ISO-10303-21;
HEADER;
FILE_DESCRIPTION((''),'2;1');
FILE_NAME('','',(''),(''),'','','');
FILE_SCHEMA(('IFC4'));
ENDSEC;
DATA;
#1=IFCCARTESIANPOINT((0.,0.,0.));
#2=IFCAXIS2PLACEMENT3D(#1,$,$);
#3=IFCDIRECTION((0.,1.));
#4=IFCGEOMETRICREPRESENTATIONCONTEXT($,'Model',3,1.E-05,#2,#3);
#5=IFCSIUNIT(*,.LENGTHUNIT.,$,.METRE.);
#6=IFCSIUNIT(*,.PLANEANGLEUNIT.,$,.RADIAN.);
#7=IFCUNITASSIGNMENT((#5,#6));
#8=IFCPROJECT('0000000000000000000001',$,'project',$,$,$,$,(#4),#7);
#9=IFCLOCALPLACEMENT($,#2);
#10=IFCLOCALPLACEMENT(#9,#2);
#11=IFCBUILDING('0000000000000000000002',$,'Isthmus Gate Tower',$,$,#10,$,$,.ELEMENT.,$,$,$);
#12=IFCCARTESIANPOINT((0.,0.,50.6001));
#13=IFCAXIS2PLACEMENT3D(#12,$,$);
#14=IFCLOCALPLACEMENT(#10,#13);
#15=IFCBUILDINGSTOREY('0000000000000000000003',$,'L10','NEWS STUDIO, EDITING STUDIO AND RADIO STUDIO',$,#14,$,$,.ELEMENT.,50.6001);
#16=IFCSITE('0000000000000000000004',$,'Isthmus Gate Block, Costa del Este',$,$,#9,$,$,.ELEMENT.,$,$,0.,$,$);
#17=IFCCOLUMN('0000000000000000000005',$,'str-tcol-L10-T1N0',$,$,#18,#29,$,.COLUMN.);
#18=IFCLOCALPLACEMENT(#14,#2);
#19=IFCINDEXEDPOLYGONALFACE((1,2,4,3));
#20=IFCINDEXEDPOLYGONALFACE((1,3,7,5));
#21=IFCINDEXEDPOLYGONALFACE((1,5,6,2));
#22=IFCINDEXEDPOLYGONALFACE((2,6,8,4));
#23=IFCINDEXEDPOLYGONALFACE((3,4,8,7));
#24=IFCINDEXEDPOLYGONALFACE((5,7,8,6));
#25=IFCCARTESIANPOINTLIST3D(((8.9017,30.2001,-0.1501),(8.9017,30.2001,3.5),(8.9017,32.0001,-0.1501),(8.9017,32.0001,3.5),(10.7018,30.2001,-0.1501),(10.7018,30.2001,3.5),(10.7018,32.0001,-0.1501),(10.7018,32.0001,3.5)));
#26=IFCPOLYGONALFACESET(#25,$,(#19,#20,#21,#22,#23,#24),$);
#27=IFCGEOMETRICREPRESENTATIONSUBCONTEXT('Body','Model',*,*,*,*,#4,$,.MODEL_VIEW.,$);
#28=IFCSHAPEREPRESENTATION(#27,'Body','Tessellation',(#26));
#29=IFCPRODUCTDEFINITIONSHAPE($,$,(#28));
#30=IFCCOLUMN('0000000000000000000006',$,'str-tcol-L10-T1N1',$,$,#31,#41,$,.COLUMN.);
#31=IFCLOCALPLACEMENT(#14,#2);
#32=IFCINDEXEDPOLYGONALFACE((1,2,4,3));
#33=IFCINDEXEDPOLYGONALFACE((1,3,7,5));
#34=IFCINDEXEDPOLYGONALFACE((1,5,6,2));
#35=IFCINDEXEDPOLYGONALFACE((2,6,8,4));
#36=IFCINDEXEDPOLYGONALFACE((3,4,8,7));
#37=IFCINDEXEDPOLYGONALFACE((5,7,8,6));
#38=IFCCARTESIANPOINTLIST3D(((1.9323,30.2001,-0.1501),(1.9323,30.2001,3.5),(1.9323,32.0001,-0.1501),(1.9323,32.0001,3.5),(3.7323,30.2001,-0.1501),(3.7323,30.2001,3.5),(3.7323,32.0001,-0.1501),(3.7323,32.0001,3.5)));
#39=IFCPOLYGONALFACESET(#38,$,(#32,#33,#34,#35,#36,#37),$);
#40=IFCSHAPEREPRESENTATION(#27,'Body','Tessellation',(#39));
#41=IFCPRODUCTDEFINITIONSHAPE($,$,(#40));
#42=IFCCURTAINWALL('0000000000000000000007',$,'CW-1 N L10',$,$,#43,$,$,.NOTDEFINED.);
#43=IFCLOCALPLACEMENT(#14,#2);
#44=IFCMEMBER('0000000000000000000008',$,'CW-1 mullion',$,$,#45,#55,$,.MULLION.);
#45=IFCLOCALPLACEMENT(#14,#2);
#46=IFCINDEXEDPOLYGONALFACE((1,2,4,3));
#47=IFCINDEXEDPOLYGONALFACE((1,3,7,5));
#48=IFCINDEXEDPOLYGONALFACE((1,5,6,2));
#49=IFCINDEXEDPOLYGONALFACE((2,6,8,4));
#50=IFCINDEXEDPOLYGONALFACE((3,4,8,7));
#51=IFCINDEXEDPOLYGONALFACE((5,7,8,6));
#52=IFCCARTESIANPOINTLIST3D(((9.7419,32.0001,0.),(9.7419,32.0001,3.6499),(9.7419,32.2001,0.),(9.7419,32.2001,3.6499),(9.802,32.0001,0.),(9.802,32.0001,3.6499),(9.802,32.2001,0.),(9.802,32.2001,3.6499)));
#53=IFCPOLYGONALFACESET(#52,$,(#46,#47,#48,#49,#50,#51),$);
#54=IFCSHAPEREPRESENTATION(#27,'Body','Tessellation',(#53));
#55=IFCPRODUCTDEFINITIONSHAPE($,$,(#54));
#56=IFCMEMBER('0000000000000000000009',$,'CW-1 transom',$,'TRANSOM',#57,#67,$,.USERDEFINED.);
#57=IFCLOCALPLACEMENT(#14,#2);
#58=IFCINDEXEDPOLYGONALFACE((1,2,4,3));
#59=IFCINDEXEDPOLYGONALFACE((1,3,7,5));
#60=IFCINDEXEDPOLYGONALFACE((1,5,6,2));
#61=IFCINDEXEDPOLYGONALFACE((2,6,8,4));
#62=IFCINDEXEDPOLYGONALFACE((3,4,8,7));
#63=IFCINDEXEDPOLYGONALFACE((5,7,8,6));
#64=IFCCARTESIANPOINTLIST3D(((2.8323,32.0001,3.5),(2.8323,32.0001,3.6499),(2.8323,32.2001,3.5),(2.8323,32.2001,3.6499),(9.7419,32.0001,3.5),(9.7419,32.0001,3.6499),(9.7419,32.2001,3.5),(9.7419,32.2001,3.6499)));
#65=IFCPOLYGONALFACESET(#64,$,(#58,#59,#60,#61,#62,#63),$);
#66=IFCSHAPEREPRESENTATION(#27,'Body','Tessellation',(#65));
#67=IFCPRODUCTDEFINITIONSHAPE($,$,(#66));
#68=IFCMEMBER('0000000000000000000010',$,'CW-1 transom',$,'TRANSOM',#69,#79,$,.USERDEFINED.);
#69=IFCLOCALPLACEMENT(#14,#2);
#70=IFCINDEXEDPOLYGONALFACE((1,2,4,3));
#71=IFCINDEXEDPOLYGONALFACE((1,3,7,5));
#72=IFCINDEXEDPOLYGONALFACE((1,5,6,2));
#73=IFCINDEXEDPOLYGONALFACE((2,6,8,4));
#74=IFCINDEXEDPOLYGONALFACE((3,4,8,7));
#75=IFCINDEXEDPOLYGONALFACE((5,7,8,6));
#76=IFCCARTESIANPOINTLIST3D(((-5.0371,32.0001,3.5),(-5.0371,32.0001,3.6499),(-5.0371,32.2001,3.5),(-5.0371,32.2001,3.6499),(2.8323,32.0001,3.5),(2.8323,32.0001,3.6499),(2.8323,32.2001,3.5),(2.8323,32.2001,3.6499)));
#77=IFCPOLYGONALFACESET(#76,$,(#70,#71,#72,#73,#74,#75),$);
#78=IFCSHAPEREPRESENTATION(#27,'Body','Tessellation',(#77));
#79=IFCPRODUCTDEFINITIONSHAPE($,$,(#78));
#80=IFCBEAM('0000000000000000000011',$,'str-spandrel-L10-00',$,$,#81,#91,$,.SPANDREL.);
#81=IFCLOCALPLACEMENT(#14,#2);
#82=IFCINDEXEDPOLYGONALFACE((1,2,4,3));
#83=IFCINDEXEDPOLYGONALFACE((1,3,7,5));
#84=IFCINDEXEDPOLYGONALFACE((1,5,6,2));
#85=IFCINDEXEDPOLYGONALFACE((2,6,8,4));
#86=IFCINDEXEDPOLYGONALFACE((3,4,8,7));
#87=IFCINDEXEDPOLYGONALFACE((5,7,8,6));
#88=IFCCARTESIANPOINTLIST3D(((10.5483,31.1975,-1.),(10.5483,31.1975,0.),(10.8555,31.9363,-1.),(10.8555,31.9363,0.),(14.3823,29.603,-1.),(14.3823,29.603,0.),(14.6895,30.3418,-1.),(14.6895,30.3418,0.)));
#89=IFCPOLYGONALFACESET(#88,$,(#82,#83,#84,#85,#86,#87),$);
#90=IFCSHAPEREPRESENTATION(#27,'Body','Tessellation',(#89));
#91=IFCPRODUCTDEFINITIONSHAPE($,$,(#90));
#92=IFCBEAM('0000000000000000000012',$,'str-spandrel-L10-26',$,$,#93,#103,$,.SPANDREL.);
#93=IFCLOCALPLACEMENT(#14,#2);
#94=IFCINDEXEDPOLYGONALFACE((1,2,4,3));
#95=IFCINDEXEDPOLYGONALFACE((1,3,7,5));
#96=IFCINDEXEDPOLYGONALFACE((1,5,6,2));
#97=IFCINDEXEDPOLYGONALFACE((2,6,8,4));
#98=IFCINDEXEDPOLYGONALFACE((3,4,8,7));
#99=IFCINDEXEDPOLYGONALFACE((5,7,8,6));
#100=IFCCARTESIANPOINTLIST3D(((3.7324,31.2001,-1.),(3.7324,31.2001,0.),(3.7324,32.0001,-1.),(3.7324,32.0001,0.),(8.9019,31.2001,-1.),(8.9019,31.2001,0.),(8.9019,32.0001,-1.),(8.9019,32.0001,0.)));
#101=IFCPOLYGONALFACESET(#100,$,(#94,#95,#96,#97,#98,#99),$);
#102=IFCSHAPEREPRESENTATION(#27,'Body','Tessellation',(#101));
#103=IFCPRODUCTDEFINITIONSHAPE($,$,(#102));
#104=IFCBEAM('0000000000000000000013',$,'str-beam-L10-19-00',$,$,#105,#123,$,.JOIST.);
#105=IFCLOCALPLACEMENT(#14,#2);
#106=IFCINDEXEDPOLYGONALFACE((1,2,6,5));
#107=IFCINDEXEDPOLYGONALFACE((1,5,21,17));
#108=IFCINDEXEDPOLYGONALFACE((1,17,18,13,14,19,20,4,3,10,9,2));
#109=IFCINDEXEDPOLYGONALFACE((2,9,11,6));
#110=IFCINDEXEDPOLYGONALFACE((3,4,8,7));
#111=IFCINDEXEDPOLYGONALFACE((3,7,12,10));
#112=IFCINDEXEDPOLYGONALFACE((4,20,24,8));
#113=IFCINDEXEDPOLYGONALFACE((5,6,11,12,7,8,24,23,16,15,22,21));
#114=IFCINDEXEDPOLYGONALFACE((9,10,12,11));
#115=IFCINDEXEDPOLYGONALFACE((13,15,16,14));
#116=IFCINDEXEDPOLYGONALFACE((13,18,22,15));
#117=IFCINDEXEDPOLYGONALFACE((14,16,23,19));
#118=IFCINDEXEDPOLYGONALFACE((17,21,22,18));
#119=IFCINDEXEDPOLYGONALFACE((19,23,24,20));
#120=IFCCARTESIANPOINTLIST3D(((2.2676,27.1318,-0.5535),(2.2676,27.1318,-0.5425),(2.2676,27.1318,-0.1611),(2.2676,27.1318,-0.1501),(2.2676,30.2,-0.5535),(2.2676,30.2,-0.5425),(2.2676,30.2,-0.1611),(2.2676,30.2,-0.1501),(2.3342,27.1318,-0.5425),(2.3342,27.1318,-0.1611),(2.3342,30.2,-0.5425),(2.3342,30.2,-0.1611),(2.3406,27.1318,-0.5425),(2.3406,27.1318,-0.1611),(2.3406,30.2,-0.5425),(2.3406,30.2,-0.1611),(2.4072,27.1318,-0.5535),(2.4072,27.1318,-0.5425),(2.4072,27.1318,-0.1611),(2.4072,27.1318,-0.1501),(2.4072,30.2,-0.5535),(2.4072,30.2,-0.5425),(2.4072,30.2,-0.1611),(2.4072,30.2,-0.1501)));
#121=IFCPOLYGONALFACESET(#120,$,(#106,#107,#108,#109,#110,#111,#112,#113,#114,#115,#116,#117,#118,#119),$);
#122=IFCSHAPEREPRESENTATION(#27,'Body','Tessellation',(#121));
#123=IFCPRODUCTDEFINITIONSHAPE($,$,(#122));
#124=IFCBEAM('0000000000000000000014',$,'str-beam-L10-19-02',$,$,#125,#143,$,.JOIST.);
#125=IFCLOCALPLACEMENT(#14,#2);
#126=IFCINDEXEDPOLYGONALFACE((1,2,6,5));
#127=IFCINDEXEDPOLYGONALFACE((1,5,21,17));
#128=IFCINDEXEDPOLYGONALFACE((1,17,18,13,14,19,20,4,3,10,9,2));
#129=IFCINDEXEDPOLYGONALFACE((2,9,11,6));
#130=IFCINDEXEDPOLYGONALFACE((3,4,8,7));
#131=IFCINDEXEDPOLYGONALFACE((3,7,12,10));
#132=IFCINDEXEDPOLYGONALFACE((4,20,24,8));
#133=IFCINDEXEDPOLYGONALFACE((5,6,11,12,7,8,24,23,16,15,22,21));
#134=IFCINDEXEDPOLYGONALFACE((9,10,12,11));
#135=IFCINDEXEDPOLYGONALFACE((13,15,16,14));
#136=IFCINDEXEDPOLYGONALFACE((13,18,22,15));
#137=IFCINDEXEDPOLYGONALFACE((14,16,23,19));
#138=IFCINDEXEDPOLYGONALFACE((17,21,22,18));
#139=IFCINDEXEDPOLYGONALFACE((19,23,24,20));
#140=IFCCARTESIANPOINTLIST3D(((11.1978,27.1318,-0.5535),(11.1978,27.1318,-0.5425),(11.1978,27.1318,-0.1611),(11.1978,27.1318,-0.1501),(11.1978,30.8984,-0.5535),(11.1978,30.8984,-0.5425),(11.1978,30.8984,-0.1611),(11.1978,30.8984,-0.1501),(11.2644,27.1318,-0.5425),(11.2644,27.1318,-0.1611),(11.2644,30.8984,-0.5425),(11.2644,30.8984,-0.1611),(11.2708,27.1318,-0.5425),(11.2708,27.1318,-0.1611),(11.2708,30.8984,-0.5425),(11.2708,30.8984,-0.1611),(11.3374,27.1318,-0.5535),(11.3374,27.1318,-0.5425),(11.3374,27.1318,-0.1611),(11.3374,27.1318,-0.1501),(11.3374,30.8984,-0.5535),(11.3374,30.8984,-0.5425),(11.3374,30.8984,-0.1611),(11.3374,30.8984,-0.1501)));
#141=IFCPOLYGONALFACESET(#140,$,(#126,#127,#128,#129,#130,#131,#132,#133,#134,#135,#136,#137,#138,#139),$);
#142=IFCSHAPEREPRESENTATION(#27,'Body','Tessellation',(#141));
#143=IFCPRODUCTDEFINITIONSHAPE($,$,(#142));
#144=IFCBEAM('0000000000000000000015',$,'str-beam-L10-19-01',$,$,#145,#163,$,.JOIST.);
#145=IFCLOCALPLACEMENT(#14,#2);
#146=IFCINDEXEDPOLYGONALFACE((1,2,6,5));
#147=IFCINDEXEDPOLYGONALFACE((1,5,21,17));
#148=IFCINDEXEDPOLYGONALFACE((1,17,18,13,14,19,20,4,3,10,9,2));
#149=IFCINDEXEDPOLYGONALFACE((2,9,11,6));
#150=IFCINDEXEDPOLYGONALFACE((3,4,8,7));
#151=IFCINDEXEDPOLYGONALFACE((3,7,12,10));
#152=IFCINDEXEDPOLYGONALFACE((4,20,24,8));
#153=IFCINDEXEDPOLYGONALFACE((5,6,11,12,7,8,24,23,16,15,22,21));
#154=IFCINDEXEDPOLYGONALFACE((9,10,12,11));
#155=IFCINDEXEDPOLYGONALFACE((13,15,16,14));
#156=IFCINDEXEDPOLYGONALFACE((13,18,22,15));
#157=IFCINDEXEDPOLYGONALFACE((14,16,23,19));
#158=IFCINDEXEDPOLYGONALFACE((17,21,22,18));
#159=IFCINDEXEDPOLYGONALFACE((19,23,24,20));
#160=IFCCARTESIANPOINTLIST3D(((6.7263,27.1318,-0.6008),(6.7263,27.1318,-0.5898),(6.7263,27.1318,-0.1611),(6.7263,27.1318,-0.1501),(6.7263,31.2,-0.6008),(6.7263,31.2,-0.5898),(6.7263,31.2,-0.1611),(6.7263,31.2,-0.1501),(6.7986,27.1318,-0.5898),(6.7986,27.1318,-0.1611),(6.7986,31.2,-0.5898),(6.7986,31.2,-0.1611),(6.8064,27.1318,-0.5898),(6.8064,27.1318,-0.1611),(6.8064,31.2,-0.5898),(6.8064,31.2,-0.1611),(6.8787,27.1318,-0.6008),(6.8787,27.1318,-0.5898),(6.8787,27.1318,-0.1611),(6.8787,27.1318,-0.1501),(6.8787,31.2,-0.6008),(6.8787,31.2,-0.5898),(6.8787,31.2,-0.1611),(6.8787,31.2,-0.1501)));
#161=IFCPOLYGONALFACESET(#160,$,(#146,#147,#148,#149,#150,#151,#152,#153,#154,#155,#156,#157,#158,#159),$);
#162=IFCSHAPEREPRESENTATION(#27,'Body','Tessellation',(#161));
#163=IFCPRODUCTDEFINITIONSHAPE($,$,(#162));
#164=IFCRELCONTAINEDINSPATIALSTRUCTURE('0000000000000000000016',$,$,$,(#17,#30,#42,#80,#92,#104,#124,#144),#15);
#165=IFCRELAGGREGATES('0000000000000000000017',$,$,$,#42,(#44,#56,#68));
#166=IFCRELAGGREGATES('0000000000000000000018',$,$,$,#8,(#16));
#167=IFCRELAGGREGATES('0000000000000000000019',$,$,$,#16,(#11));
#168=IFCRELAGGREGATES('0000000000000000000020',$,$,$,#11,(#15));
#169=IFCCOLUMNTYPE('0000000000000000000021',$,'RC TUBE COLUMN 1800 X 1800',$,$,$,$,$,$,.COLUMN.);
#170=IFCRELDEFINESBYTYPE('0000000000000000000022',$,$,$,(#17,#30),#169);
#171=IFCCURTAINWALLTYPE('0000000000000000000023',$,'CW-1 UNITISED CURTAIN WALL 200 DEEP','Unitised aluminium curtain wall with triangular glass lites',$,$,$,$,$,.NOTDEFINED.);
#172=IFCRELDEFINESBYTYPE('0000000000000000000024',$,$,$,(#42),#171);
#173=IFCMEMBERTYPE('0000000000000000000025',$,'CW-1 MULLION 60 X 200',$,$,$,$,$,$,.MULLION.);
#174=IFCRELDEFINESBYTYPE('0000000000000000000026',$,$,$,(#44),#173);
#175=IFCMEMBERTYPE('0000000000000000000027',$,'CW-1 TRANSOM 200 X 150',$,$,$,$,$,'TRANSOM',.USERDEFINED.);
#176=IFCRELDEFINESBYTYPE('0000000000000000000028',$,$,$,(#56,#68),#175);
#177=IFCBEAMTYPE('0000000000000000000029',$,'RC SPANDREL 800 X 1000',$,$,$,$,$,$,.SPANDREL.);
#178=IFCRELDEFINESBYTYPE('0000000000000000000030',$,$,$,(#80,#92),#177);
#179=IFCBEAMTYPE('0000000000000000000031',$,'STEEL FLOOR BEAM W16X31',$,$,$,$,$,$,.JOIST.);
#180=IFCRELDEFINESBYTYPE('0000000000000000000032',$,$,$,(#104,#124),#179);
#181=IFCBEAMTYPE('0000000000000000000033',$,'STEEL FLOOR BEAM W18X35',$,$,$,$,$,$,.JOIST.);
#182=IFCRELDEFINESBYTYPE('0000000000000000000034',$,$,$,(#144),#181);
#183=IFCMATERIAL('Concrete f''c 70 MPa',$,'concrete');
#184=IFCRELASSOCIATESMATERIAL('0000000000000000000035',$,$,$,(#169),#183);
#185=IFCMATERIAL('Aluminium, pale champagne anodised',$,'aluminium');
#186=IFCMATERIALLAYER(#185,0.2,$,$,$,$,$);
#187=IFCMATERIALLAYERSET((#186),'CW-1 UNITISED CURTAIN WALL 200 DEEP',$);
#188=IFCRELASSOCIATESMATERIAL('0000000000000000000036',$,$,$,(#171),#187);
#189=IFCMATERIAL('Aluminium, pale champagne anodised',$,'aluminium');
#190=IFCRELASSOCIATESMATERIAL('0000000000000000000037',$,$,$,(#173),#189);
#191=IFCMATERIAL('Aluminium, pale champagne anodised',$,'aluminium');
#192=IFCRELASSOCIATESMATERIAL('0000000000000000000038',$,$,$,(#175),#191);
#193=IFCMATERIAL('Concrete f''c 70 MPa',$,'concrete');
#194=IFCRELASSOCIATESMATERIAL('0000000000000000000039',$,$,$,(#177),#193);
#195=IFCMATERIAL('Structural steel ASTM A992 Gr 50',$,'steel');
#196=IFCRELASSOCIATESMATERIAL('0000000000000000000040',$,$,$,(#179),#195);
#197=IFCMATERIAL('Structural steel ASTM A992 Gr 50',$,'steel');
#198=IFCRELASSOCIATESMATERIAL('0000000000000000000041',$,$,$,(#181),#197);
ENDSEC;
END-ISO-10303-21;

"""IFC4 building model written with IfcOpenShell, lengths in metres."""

from ifc_helpers import new_model, si_unit, direction, frame, origin, origin_2d, place, context, subcontext, project, spatial, rectangle, i_section, extrude, material, layer, layer_set, material_profile, profile_set, type_object, element, aggregate, save


model = new_model("IFC4")

# Units and contexts
model_context = context("Model", 3, precision=1e-05, world=origin(), true_north=direction((0.0, 1.0)))
body_context = subcontext(model_context, "Body", "Model", "MODEL_VIEW")
ifc_project = project(units=[si_unit("LENGTHUNIT", "METRE"), si_unit("PLANEANGLEUNIT", "RADIAN")], contexts=[model_context])

# Site, building, storey
site_placement = place(None, origin())
site = spatial("IfcSite", under=ifc_project, at=site_placement, Name="Isthmus Gate Block, Costa del Este", CompositionType="ELEMENT", RefElevation=0.0)
building_placement = place(site_placement, origin())
building = spatial("IfcBuilding", under=site, at=building_placement, Name="Isthmus Gate Tower", CompositionType="ELEMENT")
storey_placement = place(building_placement, frame((0.0, 0.0, 50.6001)))
storey = spatial("IfcBuildingStorey", under=building, at=storey_placement, Name="L10", Description="NEWS STUDIO, EDITING STUDIO AND RADIO STUDIO", CompositionType="ELEMENT", Elevation=50.6001)

# Columns
ifc_material_1 = material(Name="Concrete f'c 70 MPa", Category="concrete")
ifc_material_profile_1 = material_profile(ifc_material_1, rectangle(XDim=1.8, YDim=1.8, at=origin_2d()), Name="RC 1800X1800")
ifc_profile_set_1 = profile_set([ifc_material_profile_1], Name="Concrete f'c 70 MPa")
column_type = type_object("IfcColumnType", Name="RC TUBE COLUMN 1800 X 1800", PredefinedType="COLUMN", material=ifc_profile_set_1)
for number, where, z_axis, x_axis, name in (
    (1, (9.8018, 31.1001, -0.1501), (0.0, 0.0, 1.0), (-1.0, 0.0, 0.0), "str-tcol-L10-T1N0"),
    (2, (2.8323, 31.1001, -0.1501), (0.0, 0.0, 1.0), (-1.0, 0.0, 0.0), "str-tcol-L10-T1N1"),
):
    element("IfcColumn", number, at=place(storey_placement, frame(where, z_axis=z_axis, x_axis=x_axis)), inside=storey, type_object=column_type, Name=name, PredefinedType="COLUMN", context=body_context, shape_type="SweptSolid", body=[
        extrude(rectangle(XDim=1.8, YDim=1.8, at=origin_2d()), origin(), (0.0, 0.0, 1.0), 3.6501),
    ])

# Curtain wall, members
ifc_material_2 = material(Name="Aluminium, pale champagne anodised", Category="aluminium")
ifc_layer_1 = layer(ifc_material_2, 0.2)
ifc_layer_set_1 = layer_set([ifc_layer_1], Name="CW-1 UNITISED CURTAIN WALL 200 DEEP")
curtain_wall_type = type_object("IfcCurtainWallType", Name="CW-1 UNITISED CURTAIN WALL 200 DEEP", Description="Unitised aluminium curtain wall with triangular glass lites", PredefinedType="NOTDEFINED", material=ifc_layer_set_1)
curtain_wall_1_placement = place(storey_placement, origin())
curtain_wall_1 = element("IfcCurtainWall", 3, at=curtain_wall_1_placement, inside=storey, type_object=curtain_wall_type, Name="CW-1 N L10", PredefinedType="NOTDEFINED")
ifc_material_3 = material(Name="Aluminium, pale champagne anodised", Category="aluminium")
ifc_material_profile_2 = material_profile(ifc_material_3, rectangle(XDim=0.0601, YDim=0.2, at=origin_2d()), Name="60x200")
ifc_profile_set_2 = profile_set([ifc_material_profile_2], Name="Aluminium, pale champagne anodised")
member_type_1 = type_object("IfcMemberType", Name="CW-1 MULLION 60 X 200", PredefinedType="MULLION", material=ifc_profile_set_2)
member_1_placement = place(storey_placement, frame((9.772, 32.1001, 0.0), z_axis=(0.0, 0.0, 1.0), x_axis=(-1.0, 0.0, 0.0)))
member_1 = element("IfcMember", 4, at=member_1_placement, type_object=member_type_1, Name="CW-1 mullion", PredefinedType="MULLION", context=body_context, shape_type="SweptSolid", body=[
    extrude(rectangle(XDim=0.0601, YDim=0.2, at=origin_2d()), origin(), (0.0, 0.0, 1.0), 3.6499),
])
ifc_material_4 = material(Name="Aluminium, pale champagne anodised", Category="aluminium")
ifc_material_profile_3 = material_profile(ifc_material_4, rectangle(XDim=0.2, YDim=0.1499, at=origin_2d()), Name="200x150")
ifc_profile_set_3 = profile_set([ifc_material_profile_3], Name="Aluminium, pale champagne anodised")
member_type_2 = type_object("IfcMemberType", Name="CW-1 TRANSOM 200 X 150", ElementType="TRANSOM", PredefinedType="USERDEFINED", material=ifc_profile_set_3)
member_2_placement = place(storey_placement, frame((9.7419, 32.1001, 3.575), z_axis=(-1.0, 0.0, 0.0), x_axis=(0.0, -1.0, 0.0)))
member_2 = element("IfcMember", 5, at=member_2_placement, type_object=member_type_2, Name="CW-1 transom", ObjectType="TRANSOM", PredefinedType="USERDEFINED", context=body_context, shape_type="SweptSolid", body=[
    extrude(rectangle(XDim=0.2, YDim=0.1499, at=origin_2d()), origin(), (0.0, 0.0, 1.0), 6.9097),
])
member_3_placement = place(storey_placement, frame((2.8323, 32.1001, 3.575), z_axis=(-1.0, 0.0, 0.0), x_axis=(0.0, -1.0, 0.0)))
member_3 = element("IfcMember", 6, at=member_3_placement, type_object=member_type_2, Name="CW-1 transom", ObjectType="TRANSOM", PredefinedType="USERDEFINED", context=body_context, shape_type="SweptSolid", body=[
    extrude(rectangle(XDim=0.2, YDim=0.1499, at=origin_2d()), origin(), (0.0, 0.0, 1.0), 7.8694),
])

# Beams
ifc_material_5 = material(Name="Concrete f'c 70 MPa", Category="concrete")
ifc_material_profile_4 = material_profile(ifc_material_5, rectangle(XDim=0.8, YDim=1.0, at=origin_2d()), Name="RC 800X1000")
ifc_profile_set_4 = profile_set([ifc_material_profile_4], Name="Concrete f'c 70 MPa")
beam_type_1 = type_object("IfcBeamType", Name="RC SPANDREL 800 X 1000", PredefinedType="SPANDREL", material=ifc_profile_set_4)
beam_1_placement = place(storey_placement, frame((10.7019, 31.5669, -0.5), z_axis=(0.923334, -0.383997, 0.0), x_axis=(0.383997, 0.923334, 0.0)))
element("IfcBeam", 7, at=beam_1_placement, inside=storey, type_object=beam_type_1, Name="str-spandrel-L10-00", PredefinedType="SPANDREL", context=body_context, shape_type="SweptSolid", body=[
    extrude(rectangle(XDim=0.8, YDim=1.0, at=origin_2d()), origin(), (0.0, 0.0, 1.0), 4.1523),
])
beam_2_placement = place(storey_placement, frame((3.7324, 31.6001, -0.5), z_axis=(1.0, 0.0, 0.0), x_axis=(0.0, 1.0, 0.0)))
element("IfcBeam", 8, at=beam_2_placement, inside=storey, type_object=beam_type_1, Name="str-spandrel-L10-26", PredefinedType="SPANDREL", context=body_context, shape_type="SweptSolid", body=[
    extrude(rectangle(XDim=0.8, YDim=1.0, at=origin_2d()), origin(), (0.0, 0.0, 1.0), 5.1694),
])
ifc_material_6 = material(Name="Structural steel ASTM A992 Gr 50", Category="steel")
ifc_material_profile_5 = material_profile(ifc_material_6, i_section(OverallWidth=0.1396, OverallDepth=0.4033, WebThickness=0.0063, FlangeThickness=0.011, at=origin_2d()), Name="W16X31")
ifc_profile_set_5 = profile_set([ifc_material_profile_5], Name="Structural steel ASTM A992 Gr 50")
beam_type_2 = type_object("IfcBeamType", Name="STEEL FLOOR BEAM W16X31", PredefinedType="JOIST", material=ifc_profile_set_5)
beam_3_placement = place(storey_placement, frame((2.3374, 27.1318, -0.3518), z_axis=(0.0, 1.0, 0.0), x_axis=(-1.0, 0.0, 0.0)))
element("IfcBeam", 9, at=beam_3_placement, inside=storey, type_object=beam_type_2, Name="str-beam-L10-19-00", PredefinedType="JOIST", context=body_context, shape_type="SweptSolid", body=[
    extrude(i_section(OverallWidth=0.1396, OverallDepth=0.4033, WebThickness=0.0063, FlangeThickness=0.011, at=origin_2d()), origin(), (0.0, 0.0, 1.0), 3.0681),
])
beam_4_placement = place(storey_placement, frame((11.2676, 27.1318, -0.3518), z_axis=(0.0, 1.0, 0.0), x_axis=(-1.0, 0.0, 0.0)))
element("IfcBeam", 10, at=beam_4_placement, inside=storey, type_object=beam_type_2, Name="str-beam-L10-19-02", PredefinedType="JOIST", context=body_context, shape_type="SweptSolid", body=[
    extrude(i_section(OverallWidth=0.1396, OverallDepth=0.4033, WebThickness=0.0063, FlangeThickness=0.011, at=origin_2d()), origin(), (0.0, 0.0, 1.0), 3.7666),
])
ifc_material_7 = material(Name="Structural steel ASTM A992 Gr 50", Category="steel")
ifc_material_profile_6 = material_profile(ifc_material_7, i_section(OverallWidth=0.1523, OverallDepth=0.4507, WebThickness=0.0078, FlangeThickness=0.011, at=origin_2d()), Name="W18X35")
ifc_profile_set_6 = profile_set([ifc_material_profile_6], Name="Structural steel ASTM A992 Gr 50")
beam_type_3 = type_object("IfcBeamType", Name="STEEL FLOOR BEAM W18X35", PredefinedType="JOIST", material=ifc_profile_set_6)
beam_5_placement = place(storey_placement, frame((6.8025, 27.1318, -0.3755), z_axis=(0.0, 1.0, 0.0), x_axis=(-1.0, 0.0, 0.0)))
element("IfcBeam", 11, at=beam_5_placement, inside=storey, type_object=beam_type_3, Name="str-beam-L10-19-01", PredefinedType="JOIST", context=body_context, shape_type="SweptSolid", body=[
    extrude(i_section(OverallWidth=0.1523, OverallDepth=0.4507, WebThickness=0.0078, FlangeThickness=0.011, at=origin_2d()), origin(), (0.0, 0.0, 1.0), 4.0681),
])

aggregate(curtain_wall_1, [member_1, member_2, member_3])

save(model, "model.ifc")
